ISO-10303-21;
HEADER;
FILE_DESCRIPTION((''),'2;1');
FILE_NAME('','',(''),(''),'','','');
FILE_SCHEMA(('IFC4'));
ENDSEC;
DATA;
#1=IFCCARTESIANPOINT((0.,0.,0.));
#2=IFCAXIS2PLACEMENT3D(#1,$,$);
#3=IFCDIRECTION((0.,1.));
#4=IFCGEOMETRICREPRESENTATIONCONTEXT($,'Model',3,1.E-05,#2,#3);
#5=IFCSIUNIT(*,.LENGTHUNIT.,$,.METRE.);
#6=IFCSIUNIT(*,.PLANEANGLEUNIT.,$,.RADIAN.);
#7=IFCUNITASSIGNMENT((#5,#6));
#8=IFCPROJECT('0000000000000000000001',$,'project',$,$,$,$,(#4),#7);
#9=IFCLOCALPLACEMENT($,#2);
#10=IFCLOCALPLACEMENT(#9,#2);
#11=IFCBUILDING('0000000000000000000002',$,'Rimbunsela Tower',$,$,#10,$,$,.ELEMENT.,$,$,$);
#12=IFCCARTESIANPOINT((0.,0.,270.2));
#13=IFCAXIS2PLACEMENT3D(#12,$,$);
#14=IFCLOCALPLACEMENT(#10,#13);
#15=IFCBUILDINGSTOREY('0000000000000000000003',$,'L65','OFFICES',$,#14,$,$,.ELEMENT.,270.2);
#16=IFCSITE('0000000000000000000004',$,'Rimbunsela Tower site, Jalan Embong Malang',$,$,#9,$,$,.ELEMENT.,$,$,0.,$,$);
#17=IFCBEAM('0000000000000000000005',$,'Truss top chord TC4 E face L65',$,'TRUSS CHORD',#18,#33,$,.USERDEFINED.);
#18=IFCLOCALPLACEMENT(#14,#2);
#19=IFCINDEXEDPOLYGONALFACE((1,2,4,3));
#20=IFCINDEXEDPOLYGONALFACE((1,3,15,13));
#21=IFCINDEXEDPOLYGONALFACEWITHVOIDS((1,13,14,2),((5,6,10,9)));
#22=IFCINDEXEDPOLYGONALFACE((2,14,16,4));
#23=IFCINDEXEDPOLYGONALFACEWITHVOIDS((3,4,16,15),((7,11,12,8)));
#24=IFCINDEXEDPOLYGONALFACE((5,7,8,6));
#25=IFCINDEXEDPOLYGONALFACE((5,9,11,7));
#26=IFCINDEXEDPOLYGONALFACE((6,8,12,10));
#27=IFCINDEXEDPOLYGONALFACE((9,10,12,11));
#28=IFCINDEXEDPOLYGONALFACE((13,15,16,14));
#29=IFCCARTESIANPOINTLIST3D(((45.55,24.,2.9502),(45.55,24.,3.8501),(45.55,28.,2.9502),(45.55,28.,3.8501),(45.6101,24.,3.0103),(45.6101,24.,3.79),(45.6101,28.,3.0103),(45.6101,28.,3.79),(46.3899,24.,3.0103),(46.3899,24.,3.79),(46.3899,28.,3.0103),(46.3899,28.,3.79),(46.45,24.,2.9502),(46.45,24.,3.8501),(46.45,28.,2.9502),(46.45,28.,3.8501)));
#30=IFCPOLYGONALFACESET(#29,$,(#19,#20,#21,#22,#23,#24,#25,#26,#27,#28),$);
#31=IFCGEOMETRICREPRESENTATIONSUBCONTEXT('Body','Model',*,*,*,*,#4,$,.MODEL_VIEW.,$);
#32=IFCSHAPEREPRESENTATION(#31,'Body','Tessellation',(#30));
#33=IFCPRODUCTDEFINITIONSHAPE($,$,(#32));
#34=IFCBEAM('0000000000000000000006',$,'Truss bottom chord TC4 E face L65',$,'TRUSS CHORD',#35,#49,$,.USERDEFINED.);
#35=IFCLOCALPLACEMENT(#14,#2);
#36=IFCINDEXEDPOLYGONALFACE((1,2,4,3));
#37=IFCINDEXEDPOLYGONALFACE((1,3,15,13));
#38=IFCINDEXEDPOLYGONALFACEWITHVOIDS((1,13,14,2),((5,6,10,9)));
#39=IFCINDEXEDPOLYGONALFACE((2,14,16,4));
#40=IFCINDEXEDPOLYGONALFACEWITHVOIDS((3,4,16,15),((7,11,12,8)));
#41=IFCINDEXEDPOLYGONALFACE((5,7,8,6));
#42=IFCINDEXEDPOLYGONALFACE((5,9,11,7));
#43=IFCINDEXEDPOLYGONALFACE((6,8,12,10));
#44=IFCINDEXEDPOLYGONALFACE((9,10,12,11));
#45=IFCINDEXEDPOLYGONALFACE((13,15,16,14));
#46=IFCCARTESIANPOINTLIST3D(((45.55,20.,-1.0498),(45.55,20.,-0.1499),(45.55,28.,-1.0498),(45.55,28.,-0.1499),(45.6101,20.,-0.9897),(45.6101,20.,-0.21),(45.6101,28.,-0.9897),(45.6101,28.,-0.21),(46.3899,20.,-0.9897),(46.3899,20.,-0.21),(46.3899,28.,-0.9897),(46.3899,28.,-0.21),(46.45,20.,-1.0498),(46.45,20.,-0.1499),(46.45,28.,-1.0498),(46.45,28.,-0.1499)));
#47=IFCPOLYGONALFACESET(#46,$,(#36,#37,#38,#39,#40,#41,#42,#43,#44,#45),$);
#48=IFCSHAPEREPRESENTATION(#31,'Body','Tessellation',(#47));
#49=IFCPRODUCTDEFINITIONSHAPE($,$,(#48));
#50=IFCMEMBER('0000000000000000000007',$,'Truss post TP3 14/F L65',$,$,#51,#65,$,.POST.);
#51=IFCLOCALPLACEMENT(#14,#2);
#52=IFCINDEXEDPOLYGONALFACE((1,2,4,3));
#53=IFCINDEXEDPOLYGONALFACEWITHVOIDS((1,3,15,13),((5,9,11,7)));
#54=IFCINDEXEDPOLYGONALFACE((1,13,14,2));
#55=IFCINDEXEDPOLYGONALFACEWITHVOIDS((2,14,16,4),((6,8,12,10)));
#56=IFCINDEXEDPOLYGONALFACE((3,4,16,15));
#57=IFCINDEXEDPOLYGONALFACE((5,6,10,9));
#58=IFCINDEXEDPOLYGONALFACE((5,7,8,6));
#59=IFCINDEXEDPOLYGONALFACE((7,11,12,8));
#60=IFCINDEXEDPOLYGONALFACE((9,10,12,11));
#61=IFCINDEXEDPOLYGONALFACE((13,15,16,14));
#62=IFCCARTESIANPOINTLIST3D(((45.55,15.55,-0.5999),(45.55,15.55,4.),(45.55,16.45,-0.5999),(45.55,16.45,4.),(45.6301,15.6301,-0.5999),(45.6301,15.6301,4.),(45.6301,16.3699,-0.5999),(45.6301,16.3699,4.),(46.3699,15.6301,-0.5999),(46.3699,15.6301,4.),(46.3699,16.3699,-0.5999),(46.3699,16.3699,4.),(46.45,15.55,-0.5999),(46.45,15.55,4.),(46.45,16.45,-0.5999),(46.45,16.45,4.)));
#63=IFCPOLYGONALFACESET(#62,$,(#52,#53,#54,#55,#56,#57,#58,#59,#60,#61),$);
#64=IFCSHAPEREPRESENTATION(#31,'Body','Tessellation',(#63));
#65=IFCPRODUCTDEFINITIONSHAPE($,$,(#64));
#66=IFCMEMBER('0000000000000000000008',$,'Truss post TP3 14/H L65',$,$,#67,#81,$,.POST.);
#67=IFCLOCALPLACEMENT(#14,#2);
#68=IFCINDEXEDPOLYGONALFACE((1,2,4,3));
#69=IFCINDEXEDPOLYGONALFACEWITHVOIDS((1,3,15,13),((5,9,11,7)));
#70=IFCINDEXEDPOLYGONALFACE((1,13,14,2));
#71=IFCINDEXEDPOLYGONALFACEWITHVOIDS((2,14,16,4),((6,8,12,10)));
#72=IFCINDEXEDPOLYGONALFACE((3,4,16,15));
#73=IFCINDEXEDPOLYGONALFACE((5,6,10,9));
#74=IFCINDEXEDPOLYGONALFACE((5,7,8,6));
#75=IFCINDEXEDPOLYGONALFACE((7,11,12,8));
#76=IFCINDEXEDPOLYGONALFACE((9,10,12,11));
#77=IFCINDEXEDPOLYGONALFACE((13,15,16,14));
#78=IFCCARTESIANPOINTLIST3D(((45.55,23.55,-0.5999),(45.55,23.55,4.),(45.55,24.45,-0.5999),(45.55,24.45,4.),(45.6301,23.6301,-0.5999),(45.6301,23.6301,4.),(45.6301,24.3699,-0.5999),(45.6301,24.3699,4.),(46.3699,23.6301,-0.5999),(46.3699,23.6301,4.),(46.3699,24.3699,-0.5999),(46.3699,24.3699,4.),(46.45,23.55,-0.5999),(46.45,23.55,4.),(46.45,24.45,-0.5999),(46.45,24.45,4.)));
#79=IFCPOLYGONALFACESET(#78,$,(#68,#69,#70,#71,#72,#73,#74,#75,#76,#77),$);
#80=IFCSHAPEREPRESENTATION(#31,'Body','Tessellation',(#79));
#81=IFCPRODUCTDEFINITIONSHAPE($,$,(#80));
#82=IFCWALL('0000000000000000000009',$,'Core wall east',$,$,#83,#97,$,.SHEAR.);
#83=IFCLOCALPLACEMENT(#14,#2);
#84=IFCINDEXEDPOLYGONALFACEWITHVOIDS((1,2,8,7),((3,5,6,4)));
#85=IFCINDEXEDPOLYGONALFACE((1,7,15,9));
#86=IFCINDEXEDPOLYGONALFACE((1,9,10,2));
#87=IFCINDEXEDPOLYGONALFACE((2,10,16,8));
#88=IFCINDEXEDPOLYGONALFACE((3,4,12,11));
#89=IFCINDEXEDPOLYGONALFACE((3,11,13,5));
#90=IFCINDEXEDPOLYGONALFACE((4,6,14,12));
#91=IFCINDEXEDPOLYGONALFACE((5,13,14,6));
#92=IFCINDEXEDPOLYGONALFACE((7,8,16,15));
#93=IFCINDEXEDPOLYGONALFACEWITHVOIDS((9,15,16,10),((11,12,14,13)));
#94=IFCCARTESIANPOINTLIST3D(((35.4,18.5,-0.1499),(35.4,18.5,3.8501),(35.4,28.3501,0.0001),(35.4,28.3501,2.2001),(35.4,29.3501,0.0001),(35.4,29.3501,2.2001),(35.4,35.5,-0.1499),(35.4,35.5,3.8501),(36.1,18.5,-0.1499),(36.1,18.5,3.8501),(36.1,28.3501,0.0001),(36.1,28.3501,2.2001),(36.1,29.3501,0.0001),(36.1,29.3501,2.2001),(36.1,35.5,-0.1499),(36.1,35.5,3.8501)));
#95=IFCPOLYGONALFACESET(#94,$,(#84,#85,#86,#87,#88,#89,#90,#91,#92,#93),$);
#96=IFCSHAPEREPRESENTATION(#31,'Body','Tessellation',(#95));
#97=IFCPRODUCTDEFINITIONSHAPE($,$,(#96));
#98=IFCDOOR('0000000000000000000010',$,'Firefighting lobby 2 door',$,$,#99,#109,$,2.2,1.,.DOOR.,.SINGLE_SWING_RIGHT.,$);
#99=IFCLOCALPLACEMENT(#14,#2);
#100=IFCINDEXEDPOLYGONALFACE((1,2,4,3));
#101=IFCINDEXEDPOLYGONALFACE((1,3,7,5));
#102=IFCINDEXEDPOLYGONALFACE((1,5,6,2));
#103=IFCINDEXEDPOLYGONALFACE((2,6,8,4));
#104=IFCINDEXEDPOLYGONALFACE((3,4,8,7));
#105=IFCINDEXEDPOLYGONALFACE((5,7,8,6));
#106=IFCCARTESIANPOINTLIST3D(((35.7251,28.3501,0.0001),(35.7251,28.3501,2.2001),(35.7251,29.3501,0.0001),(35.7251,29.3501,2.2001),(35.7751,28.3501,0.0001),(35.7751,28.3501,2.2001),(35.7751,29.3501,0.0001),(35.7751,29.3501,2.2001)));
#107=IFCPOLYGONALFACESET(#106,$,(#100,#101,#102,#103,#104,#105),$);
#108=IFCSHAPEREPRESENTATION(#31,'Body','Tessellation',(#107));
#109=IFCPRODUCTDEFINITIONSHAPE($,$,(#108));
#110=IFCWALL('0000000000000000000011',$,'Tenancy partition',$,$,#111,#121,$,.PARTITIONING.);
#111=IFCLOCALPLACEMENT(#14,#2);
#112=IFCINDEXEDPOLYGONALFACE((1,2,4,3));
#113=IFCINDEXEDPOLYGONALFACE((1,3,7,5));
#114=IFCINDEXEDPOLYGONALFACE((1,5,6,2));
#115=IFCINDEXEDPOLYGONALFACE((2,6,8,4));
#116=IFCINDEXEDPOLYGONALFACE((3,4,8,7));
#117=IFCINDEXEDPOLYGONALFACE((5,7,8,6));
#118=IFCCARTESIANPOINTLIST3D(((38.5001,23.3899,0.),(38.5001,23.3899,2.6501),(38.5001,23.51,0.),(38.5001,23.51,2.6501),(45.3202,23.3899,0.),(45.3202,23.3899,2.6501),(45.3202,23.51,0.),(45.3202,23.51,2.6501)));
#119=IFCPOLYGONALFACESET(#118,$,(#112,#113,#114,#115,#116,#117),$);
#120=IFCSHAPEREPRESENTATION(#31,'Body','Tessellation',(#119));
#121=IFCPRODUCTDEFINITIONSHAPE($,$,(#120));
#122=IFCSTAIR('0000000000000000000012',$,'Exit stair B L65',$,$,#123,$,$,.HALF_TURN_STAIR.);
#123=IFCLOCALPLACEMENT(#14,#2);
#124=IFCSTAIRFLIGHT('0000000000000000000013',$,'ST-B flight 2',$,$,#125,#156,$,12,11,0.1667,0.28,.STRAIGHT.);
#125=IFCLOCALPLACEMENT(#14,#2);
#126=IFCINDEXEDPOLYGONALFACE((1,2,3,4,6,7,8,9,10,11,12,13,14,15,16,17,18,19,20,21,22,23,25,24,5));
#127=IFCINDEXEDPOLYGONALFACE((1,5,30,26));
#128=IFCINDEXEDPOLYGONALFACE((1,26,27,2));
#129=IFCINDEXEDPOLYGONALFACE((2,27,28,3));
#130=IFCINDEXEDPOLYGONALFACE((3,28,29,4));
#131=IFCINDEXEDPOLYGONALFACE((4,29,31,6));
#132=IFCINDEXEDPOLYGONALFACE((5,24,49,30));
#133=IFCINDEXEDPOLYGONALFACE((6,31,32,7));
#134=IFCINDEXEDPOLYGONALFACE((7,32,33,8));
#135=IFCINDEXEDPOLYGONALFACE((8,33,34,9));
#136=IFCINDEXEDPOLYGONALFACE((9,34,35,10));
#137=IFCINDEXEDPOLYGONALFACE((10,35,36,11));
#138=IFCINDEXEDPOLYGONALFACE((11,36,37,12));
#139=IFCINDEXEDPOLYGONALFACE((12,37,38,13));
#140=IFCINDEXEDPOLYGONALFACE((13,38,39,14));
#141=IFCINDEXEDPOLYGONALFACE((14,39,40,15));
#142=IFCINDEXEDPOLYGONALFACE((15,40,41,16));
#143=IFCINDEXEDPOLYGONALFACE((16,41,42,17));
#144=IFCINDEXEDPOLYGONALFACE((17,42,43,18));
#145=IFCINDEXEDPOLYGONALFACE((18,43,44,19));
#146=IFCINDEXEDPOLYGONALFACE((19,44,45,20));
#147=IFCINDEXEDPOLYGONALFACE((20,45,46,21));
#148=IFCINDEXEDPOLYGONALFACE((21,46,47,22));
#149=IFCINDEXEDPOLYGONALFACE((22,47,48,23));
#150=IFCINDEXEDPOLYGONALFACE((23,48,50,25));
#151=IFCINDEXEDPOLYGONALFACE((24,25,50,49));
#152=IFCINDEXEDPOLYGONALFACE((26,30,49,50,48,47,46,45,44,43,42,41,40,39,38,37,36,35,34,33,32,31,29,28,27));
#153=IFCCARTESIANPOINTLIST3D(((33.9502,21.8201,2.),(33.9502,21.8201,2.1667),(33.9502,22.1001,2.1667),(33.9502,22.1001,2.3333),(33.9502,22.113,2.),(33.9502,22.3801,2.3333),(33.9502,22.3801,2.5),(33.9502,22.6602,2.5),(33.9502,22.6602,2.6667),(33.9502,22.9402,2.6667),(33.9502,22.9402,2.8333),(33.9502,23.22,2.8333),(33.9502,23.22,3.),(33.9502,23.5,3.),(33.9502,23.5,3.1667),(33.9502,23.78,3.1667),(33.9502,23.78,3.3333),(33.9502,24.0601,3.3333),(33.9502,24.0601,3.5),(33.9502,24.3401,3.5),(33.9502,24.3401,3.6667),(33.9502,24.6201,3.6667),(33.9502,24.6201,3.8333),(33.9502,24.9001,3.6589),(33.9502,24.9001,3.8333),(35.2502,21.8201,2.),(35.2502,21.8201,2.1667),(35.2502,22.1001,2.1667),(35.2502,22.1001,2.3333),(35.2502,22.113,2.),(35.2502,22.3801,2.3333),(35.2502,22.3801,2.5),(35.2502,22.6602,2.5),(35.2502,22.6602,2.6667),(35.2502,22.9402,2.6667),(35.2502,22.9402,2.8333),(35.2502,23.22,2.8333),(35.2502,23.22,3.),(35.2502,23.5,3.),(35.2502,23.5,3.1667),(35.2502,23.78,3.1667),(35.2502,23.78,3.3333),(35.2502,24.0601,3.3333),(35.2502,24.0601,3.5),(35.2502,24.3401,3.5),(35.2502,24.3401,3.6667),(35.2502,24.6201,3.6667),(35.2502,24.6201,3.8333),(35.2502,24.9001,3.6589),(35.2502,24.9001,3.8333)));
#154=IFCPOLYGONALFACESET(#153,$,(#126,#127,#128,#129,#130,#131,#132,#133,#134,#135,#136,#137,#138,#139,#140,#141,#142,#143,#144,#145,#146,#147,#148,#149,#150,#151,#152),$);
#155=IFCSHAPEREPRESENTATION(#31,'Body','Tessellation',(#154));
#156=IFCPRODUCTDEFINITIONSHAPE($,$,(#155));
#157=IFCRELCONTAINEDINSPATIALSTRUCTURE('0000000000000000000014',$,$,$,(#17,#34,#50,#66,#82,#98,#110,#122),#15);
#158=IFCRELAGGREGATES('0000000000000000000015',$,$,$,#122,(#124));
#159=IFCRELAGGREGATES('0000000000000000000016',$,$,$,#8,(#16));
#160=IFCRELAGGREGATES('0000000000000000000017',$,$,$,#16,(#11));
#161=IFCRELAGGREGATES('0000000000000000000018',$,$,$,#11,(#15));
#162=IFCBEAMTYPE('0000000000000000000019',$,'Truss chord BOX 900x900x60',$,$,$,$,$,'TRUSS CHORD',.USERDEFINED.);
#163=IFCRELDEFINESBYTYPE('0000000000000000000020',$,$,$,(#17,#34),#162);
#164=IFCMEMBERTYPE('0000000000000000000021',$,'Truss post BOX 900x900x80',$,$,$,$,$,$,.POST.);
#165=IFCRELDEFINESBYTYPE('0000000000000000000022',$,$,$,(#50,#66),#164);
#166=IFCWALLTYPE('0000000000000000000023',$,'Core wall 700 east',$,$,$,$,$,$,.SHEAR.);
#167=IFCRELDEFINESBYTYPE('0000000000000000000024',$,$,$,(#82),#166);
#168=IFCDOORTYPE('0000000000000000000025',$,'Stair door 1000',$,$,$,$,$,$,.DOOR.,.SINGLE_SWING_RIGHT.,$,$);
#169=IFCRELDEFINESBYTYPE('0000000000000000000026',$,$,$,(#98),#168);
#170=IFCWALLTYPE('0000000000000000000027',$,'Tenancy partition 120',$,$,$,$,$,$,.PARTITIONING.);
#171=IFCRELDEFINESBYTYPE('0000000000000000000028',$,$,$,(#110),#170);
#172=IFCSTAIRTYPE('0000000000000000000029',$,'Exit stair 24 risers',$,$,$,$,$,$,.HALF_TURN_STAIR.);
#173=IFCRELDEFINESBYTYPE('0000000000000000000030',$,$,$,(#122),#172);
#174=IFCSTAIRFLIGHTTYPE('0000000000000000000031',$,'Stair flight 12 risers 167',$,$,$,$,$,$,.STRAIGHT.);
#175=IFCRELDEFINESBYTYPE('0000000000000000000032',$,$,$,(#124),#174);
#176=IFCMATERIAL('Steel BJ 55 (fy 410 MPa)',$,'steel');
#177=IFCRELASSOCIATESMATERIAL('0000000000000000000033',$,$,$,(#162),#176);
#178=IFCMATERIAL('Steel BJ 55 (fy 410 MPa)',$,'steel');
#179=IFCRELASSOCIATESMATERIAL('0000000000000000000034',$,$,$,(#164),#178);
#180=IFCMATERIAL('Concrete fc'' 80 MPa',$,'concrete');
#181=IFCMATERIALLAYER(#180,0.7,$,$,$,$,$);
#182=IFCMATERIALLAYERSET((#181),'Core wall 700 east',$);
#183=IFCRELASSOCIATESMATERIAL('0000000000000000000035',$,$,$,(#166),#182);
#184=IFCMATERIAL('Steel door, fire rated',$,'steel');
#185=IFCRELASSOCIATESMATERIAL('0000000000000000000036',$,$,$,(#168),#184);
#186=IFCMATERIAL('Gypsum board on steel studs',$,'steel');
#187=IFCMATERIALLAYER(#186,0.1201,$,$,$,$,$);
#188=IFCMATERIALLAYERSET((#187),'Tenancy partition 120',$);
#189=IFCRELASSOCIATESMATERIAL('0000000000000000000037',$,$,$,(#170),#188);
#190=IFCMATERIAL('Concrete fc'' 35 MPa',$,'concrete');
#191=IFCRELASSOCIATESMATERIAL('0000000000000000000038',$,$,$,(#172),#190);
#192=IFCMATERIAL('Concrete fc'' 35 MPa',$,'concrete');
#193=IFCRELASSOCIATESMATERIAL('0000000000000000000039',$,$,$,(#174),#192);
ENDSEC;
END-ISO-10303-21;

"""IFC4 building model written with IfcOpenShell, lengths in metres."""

from ifc_helpers import new_model, si_unit, direction, frame, frame_2d, origin, origin_2d, place, context, subcontext, project, spatial, polyline, rectangle, hollow_rectangle, outline, extrude, material, layer, layer_set, material_profile, profile_set, type_object, element, fill, aggregate, save


model = new_model("IFC4")

# Units and contexts
model_context = context("Model", 3, precision=1e-05, world=origin(), true_north=direction((0.0, 1.0)))
body_context = subcontext(model_context, "Body", "Model", "MODEL_VIEW")
ifc_project = project(units=[si_unit("LENGTHUNIT", "METRE"), si_unit("PLANEANGLEUNIT", "RADIAN")], contexts=[model_context])

# Site, building, storey
site_placement = place(None, origin())
site = spatial("IfcSite", under=ifc_project, at=site_placement, Name="Rimbunsela Tower site, Jalan Embong Malang", CompositionType="ELEMENT", RefElevation=0.0)
building_placement = place(site_placement, origin())
building = spatial("IfcBuilding", under=site, at=building_placement, Name="Rimbunsela Tower", CompositionType="ELEMENT")
storey_placement = place(building_placement, frame((0.0, 0.0, 270.2)))
storey = spatial("IfcBuildingStorey", under=building, at=storey_placement, Name="L65", Description="OFFICES", CompositionType="ELEMENT", Elevation=270.2)

# Beams
ifc_material_1 = material(Name="Steel BJ 55 (fy 410 MPa)", Category="steel")
ifc_material_profile_1 = material_profile(ifc_material_1, hollow_rectangle(XDim=0.8999, YDim=0.8999, WallThickness=0.0601, at=origin_2d()), Name="BOX 900x900x60")
ifc_profile_set_1 = profile_set([ifc_material_profile_1], Name="Steel BJ 55 (fy 410 MPa)")
beam_type_1 = type_object("IfcBeamType", Name="Truss chord BOX 900x900x60", ElementType="TRUSS CHORD", PredefinedType="USERDEFINED", material=ifc_profile_set_1)
for number, where, z_axis, x_axis, name in (
    (1, (46.0, 24.0, 3.4001), (0.0, 1.0, 0.0), (-1.0, 0.0, 0.0), "Truss top chord TC4 E face L65"),
):
    element("IfcBeam", number, at=place(storey_placement, frame(where, z_axis=z_axis, x_axis=x_axis)), inside=storey, type_object=beam_type_1, Name=name, ObjectType="TRUSS CHORD", PredefinedType="USERDEFINED", context=body_context, shape_type="SweptSolid", body=[
        extrude(hollow_rectangle(XDim=0.8999, YDim=0.8999, WallThickness=0.0601, at=origin_2d()), origin(), (0.0, 0.0, 1.0), 4.0),
    ])
beam_1_placement = place(storey_placement, frame((46.0, 20.0, -0.5999), z_axis=(0.0, 1.0, 0.0), x_axis=(-1.0, 0.0, 0.0)))
element("IfcBeam", 2, at=beam_1_placement, inside=storey, type_object=beam_type_1, Name="Truss bottom chord TC4 E face L65", ObjectType="TRUSS CHORD", PredefinedType="USERDEFINED", context=body_context, shape_type="SweptSolid", body=[
    extrude(hollow_rectangle(XDim=0.8999, YDim=0.8999, WallThickness=0.0601, at=origin_2d()), origin(), (0.0, 0.0, 1.0), 8.0),
])

# Members
ifc_material_2 = material(Name="Steel BJ 55 (fy 410 MPa)", Category="steel")
ifc_material_profile_2 = material_profile(ifc_material_2, hollow_rectangle(XDim=0.8999, YDim=0.8999, WallThickness=0.0801, at=origin_2d()), Name="BOX 900x900x80")
ifc_profile_set_2 = profile_set([ifc_material_profile_2], Name="Steel BJ 55 (fy 410 MPa)")
member_type_1 = type_object("IfcMemberType", Name="Truss post BOX 900x900x80", PredefinedType="POST", material=ifc_profile_set_2)
for number, where, z_axis, x_axis, name in (
    (3, (46.0, 16.0, -0.5999), (0.0, 0.0, 1.0), (1.0, 0.0, 0.0), "Truss post TP3 14/F L65"),
    (4, (46.0, 24.0, -0.5999), (0.0, 0.0, 1.0), (1.0, 0.0, 0.0), "Truss post TP3 14/H L65"),
):
    element("IfcMember", number, at=place(storey_placement, frame(where, z_axis=z_axis, x_axis=x_axis)), inside=storey, type_object=member_type_1, Name=name, PredefinedType="POST", context=body_context, shape_type="SweptSolid", body=[
        extrude(hollow_rectangle(XDim=0.8999, YDim=0.8999, WallThickness=0.0801, at=origin_2d()), origin(), (0.0, 0.0, 1.0), 4.5999),
    ])

# Wall, opening, door
ifc_material_3 = material(Name="Concrete fc' 80 MPa", Category="concrete")
ifc_layer_1 = layer(ifc_material_3, 0.7)
ifc_layer_set_1 = layer_set([ifc_layer_1], Name="Core wall 700 east")
wall_type_1 = type_object("IfcWallType", Name="Core wall 700 east", PredefinedType="SHEAR", material=ifc_layer_set_1)
wall_1_placement = place(storey_placement, frame((35.75, 18.5, -0.1499), z_axis=(0.0, 0.0, 1.0), x_axis=(0.0, 1.0, 0.0)))
wall_1 = element("IfcWall", 5, at=wall_1_placement, inside=storey, type_object=wall_type_1, Name="Core wall east", PredefinedType="SHEAR", context=body_context, shape_type="SweptSolid", body=[
    extrude(rectangle(XDim=17.0, YDim=0.7, at=frame_2d((8.5, 0.0))), origin(), (0.0, 0.0, 1.0), 4.0),
])
opening_placement = place(wall_1_placement, frame((9.8501, 0.0, 0.1499)))
opening = element("IfcOpeningElement", 6, at=opening_placement, cuts=wall_1, PredefinedType="OPENING", context=body_context, shape_type="SweptSolid", body=[
    extrude(rectangle(XDim=1.0, YDim=2.2, at=frame_2d((0.5, 1.1001))), frame((0.0, 0.3599, 0.0), z_axis=(0.0, -1.0, 0.0), x_axis=(1.0, 0.0, 0.0)), (0.0, 0.0, 1.0), 0.72),
])
ifc_material_4 = material(Name="Steel door, fire rated", Category="steel")
door_type = type_object("IfcDoorType", Name="Stair door 1000", OperationType="SINGLE_SWING_RIGHT", PredefinedType="DOOR", material=ifc_material_4)
door_placement = place(opening_placement, origin())
door = element("IfcDoor", 7, at=door_placement, inside=storey, type_object=door_type, Name="Firefighting lobby 2 door", OperationType="SINGLE_SWING_RIGHT", OverallHeight=2.2, OverallWidth=1.0, PredefinedType="DOOR", context=body_context, shape_type="SweptSolid", body=[
    extrude(rectangle(XDim=1.0, YDim=2.2, at=frame_2d((0.5, 1.1001))), frame((0.0, 0.0249, 0.0), z_axis=(0.0, -1.0, 0.0), x_axis=(1.0, 0.0, 0.0)), (0.0, 0.0, 1.0), 0.05),
])
fill(opening, door)

# Wall
ifc_material_5 = material(Name="Gypsum board on steel studs", Category="steel")
ifc_layer_2 = layer(ifc_material_5, 0.1201)
ifc_layer_set_2 = layer_set([ifc_layer_2], Name="Tenancy partition 120")
wall_type_2 = type_object("IfcWallType", Name="Tenancy partition 120", PredefinedType="PARTITIONING", material=ifc_layer_set_2)
wall_2_placement = place(storey_placement, frame((38.5, 23.45, 0.0), z_axis=(0.0, 0.0, 1.0), x_axis=(1.0, 0.0, 0.0)))
element("IfcWall", 8, at=wall_2_placement, inside=storey, type_object=wall_type_2, Name="Tenancy partition", PredefinedType="PARTITIONING", context=body_context, shape_type="SweptSolid", body=[
    extrude(rectangle(XDim=6.8201, YDim=0.1201, at=frame_2d((3.4102, 0.0))), origin(), (0.0, 0.0, 1.0), 2.6501),
])

# Stair, stair flight
ifc_material_6 = material(Name="Concrete fc' 35 MPa", Category="concrete")
stair_type = type_object("IfcStairType", Name="Exit stair 24 risers", PredefinedType="HALF_TURN_STAIR", material=ifc_material_6)
stair_placement = place(storey_placement, origin())
stair = element("IfcStair", 9, at=stair_placement, inside=storey, type_object=stair_type, Name="Exit stair B L65", PredefinedType="HALF_TURN_STAIR")
ifc_material_7 = material(Name="Concrete fc' 35 MPa", Category="concrete")
stair_flight_type = type_object("IfcStairFlightType", Name="Stair flight 12 risers 167", PredefinedType="STRAIGHT", material=ifc_material_7)
stair_flight_placement = place(storey_placement, frame((34.6001, 21.8201, 2.0), z_axis=(0.0, 0.0, 1.0), x_axis=(0.0, 1.0, 0.0)))
stair_flight = element("IfcStairFlight", 10, at=stair_flight_placement, type_object=stair_flight_type, Name="ST-B flight 2", NumberOfRisers=12, NumberOfTreads=11, PredefinedType="STRAIGHT", RiserHeight=0.1667, TreadLength=0.28, context=body_context, shape_type="SweptSolid", body=[
    extrude(outline(polyline([(0.0, 0.0), (0.0, 0.1667), (0.28, 0.1667), (0.28, 0.3333), (0.5601, 0.3333), (0.5601, 0.5), (0.8401, 0.5), (0.8401, 0.6667), (1.1201, 0.6667), (1.1201, 0.8333), (1.3999, 0.8333), (1.3999, 1.0), (1.6799, 1.0), (1.6799, 1.1667), (1.96, 1.1667), (1.96, 1.3333), (2.24, 1.3333), (2.24, 1.5), (2.52, 1.5), (2.52, 1.6667), (2.8, 1.6667), (2.8, 1.8333), (3.0801, 1.8333), (3.0801, 2.0), (3.0801, 1.6589), (0.293, 0.0), (0.0, 0.0)])), frame((0.0, 0.6499, 0.0), z_axis=(0.0, -1.0, 0.0), x_axis=(1.0, 0.0, 0.0)), (0.0, 0.0, 1.0), 1.3),
])
aggregate(stair, [stair_flight])

save(model, "model.ifc")
